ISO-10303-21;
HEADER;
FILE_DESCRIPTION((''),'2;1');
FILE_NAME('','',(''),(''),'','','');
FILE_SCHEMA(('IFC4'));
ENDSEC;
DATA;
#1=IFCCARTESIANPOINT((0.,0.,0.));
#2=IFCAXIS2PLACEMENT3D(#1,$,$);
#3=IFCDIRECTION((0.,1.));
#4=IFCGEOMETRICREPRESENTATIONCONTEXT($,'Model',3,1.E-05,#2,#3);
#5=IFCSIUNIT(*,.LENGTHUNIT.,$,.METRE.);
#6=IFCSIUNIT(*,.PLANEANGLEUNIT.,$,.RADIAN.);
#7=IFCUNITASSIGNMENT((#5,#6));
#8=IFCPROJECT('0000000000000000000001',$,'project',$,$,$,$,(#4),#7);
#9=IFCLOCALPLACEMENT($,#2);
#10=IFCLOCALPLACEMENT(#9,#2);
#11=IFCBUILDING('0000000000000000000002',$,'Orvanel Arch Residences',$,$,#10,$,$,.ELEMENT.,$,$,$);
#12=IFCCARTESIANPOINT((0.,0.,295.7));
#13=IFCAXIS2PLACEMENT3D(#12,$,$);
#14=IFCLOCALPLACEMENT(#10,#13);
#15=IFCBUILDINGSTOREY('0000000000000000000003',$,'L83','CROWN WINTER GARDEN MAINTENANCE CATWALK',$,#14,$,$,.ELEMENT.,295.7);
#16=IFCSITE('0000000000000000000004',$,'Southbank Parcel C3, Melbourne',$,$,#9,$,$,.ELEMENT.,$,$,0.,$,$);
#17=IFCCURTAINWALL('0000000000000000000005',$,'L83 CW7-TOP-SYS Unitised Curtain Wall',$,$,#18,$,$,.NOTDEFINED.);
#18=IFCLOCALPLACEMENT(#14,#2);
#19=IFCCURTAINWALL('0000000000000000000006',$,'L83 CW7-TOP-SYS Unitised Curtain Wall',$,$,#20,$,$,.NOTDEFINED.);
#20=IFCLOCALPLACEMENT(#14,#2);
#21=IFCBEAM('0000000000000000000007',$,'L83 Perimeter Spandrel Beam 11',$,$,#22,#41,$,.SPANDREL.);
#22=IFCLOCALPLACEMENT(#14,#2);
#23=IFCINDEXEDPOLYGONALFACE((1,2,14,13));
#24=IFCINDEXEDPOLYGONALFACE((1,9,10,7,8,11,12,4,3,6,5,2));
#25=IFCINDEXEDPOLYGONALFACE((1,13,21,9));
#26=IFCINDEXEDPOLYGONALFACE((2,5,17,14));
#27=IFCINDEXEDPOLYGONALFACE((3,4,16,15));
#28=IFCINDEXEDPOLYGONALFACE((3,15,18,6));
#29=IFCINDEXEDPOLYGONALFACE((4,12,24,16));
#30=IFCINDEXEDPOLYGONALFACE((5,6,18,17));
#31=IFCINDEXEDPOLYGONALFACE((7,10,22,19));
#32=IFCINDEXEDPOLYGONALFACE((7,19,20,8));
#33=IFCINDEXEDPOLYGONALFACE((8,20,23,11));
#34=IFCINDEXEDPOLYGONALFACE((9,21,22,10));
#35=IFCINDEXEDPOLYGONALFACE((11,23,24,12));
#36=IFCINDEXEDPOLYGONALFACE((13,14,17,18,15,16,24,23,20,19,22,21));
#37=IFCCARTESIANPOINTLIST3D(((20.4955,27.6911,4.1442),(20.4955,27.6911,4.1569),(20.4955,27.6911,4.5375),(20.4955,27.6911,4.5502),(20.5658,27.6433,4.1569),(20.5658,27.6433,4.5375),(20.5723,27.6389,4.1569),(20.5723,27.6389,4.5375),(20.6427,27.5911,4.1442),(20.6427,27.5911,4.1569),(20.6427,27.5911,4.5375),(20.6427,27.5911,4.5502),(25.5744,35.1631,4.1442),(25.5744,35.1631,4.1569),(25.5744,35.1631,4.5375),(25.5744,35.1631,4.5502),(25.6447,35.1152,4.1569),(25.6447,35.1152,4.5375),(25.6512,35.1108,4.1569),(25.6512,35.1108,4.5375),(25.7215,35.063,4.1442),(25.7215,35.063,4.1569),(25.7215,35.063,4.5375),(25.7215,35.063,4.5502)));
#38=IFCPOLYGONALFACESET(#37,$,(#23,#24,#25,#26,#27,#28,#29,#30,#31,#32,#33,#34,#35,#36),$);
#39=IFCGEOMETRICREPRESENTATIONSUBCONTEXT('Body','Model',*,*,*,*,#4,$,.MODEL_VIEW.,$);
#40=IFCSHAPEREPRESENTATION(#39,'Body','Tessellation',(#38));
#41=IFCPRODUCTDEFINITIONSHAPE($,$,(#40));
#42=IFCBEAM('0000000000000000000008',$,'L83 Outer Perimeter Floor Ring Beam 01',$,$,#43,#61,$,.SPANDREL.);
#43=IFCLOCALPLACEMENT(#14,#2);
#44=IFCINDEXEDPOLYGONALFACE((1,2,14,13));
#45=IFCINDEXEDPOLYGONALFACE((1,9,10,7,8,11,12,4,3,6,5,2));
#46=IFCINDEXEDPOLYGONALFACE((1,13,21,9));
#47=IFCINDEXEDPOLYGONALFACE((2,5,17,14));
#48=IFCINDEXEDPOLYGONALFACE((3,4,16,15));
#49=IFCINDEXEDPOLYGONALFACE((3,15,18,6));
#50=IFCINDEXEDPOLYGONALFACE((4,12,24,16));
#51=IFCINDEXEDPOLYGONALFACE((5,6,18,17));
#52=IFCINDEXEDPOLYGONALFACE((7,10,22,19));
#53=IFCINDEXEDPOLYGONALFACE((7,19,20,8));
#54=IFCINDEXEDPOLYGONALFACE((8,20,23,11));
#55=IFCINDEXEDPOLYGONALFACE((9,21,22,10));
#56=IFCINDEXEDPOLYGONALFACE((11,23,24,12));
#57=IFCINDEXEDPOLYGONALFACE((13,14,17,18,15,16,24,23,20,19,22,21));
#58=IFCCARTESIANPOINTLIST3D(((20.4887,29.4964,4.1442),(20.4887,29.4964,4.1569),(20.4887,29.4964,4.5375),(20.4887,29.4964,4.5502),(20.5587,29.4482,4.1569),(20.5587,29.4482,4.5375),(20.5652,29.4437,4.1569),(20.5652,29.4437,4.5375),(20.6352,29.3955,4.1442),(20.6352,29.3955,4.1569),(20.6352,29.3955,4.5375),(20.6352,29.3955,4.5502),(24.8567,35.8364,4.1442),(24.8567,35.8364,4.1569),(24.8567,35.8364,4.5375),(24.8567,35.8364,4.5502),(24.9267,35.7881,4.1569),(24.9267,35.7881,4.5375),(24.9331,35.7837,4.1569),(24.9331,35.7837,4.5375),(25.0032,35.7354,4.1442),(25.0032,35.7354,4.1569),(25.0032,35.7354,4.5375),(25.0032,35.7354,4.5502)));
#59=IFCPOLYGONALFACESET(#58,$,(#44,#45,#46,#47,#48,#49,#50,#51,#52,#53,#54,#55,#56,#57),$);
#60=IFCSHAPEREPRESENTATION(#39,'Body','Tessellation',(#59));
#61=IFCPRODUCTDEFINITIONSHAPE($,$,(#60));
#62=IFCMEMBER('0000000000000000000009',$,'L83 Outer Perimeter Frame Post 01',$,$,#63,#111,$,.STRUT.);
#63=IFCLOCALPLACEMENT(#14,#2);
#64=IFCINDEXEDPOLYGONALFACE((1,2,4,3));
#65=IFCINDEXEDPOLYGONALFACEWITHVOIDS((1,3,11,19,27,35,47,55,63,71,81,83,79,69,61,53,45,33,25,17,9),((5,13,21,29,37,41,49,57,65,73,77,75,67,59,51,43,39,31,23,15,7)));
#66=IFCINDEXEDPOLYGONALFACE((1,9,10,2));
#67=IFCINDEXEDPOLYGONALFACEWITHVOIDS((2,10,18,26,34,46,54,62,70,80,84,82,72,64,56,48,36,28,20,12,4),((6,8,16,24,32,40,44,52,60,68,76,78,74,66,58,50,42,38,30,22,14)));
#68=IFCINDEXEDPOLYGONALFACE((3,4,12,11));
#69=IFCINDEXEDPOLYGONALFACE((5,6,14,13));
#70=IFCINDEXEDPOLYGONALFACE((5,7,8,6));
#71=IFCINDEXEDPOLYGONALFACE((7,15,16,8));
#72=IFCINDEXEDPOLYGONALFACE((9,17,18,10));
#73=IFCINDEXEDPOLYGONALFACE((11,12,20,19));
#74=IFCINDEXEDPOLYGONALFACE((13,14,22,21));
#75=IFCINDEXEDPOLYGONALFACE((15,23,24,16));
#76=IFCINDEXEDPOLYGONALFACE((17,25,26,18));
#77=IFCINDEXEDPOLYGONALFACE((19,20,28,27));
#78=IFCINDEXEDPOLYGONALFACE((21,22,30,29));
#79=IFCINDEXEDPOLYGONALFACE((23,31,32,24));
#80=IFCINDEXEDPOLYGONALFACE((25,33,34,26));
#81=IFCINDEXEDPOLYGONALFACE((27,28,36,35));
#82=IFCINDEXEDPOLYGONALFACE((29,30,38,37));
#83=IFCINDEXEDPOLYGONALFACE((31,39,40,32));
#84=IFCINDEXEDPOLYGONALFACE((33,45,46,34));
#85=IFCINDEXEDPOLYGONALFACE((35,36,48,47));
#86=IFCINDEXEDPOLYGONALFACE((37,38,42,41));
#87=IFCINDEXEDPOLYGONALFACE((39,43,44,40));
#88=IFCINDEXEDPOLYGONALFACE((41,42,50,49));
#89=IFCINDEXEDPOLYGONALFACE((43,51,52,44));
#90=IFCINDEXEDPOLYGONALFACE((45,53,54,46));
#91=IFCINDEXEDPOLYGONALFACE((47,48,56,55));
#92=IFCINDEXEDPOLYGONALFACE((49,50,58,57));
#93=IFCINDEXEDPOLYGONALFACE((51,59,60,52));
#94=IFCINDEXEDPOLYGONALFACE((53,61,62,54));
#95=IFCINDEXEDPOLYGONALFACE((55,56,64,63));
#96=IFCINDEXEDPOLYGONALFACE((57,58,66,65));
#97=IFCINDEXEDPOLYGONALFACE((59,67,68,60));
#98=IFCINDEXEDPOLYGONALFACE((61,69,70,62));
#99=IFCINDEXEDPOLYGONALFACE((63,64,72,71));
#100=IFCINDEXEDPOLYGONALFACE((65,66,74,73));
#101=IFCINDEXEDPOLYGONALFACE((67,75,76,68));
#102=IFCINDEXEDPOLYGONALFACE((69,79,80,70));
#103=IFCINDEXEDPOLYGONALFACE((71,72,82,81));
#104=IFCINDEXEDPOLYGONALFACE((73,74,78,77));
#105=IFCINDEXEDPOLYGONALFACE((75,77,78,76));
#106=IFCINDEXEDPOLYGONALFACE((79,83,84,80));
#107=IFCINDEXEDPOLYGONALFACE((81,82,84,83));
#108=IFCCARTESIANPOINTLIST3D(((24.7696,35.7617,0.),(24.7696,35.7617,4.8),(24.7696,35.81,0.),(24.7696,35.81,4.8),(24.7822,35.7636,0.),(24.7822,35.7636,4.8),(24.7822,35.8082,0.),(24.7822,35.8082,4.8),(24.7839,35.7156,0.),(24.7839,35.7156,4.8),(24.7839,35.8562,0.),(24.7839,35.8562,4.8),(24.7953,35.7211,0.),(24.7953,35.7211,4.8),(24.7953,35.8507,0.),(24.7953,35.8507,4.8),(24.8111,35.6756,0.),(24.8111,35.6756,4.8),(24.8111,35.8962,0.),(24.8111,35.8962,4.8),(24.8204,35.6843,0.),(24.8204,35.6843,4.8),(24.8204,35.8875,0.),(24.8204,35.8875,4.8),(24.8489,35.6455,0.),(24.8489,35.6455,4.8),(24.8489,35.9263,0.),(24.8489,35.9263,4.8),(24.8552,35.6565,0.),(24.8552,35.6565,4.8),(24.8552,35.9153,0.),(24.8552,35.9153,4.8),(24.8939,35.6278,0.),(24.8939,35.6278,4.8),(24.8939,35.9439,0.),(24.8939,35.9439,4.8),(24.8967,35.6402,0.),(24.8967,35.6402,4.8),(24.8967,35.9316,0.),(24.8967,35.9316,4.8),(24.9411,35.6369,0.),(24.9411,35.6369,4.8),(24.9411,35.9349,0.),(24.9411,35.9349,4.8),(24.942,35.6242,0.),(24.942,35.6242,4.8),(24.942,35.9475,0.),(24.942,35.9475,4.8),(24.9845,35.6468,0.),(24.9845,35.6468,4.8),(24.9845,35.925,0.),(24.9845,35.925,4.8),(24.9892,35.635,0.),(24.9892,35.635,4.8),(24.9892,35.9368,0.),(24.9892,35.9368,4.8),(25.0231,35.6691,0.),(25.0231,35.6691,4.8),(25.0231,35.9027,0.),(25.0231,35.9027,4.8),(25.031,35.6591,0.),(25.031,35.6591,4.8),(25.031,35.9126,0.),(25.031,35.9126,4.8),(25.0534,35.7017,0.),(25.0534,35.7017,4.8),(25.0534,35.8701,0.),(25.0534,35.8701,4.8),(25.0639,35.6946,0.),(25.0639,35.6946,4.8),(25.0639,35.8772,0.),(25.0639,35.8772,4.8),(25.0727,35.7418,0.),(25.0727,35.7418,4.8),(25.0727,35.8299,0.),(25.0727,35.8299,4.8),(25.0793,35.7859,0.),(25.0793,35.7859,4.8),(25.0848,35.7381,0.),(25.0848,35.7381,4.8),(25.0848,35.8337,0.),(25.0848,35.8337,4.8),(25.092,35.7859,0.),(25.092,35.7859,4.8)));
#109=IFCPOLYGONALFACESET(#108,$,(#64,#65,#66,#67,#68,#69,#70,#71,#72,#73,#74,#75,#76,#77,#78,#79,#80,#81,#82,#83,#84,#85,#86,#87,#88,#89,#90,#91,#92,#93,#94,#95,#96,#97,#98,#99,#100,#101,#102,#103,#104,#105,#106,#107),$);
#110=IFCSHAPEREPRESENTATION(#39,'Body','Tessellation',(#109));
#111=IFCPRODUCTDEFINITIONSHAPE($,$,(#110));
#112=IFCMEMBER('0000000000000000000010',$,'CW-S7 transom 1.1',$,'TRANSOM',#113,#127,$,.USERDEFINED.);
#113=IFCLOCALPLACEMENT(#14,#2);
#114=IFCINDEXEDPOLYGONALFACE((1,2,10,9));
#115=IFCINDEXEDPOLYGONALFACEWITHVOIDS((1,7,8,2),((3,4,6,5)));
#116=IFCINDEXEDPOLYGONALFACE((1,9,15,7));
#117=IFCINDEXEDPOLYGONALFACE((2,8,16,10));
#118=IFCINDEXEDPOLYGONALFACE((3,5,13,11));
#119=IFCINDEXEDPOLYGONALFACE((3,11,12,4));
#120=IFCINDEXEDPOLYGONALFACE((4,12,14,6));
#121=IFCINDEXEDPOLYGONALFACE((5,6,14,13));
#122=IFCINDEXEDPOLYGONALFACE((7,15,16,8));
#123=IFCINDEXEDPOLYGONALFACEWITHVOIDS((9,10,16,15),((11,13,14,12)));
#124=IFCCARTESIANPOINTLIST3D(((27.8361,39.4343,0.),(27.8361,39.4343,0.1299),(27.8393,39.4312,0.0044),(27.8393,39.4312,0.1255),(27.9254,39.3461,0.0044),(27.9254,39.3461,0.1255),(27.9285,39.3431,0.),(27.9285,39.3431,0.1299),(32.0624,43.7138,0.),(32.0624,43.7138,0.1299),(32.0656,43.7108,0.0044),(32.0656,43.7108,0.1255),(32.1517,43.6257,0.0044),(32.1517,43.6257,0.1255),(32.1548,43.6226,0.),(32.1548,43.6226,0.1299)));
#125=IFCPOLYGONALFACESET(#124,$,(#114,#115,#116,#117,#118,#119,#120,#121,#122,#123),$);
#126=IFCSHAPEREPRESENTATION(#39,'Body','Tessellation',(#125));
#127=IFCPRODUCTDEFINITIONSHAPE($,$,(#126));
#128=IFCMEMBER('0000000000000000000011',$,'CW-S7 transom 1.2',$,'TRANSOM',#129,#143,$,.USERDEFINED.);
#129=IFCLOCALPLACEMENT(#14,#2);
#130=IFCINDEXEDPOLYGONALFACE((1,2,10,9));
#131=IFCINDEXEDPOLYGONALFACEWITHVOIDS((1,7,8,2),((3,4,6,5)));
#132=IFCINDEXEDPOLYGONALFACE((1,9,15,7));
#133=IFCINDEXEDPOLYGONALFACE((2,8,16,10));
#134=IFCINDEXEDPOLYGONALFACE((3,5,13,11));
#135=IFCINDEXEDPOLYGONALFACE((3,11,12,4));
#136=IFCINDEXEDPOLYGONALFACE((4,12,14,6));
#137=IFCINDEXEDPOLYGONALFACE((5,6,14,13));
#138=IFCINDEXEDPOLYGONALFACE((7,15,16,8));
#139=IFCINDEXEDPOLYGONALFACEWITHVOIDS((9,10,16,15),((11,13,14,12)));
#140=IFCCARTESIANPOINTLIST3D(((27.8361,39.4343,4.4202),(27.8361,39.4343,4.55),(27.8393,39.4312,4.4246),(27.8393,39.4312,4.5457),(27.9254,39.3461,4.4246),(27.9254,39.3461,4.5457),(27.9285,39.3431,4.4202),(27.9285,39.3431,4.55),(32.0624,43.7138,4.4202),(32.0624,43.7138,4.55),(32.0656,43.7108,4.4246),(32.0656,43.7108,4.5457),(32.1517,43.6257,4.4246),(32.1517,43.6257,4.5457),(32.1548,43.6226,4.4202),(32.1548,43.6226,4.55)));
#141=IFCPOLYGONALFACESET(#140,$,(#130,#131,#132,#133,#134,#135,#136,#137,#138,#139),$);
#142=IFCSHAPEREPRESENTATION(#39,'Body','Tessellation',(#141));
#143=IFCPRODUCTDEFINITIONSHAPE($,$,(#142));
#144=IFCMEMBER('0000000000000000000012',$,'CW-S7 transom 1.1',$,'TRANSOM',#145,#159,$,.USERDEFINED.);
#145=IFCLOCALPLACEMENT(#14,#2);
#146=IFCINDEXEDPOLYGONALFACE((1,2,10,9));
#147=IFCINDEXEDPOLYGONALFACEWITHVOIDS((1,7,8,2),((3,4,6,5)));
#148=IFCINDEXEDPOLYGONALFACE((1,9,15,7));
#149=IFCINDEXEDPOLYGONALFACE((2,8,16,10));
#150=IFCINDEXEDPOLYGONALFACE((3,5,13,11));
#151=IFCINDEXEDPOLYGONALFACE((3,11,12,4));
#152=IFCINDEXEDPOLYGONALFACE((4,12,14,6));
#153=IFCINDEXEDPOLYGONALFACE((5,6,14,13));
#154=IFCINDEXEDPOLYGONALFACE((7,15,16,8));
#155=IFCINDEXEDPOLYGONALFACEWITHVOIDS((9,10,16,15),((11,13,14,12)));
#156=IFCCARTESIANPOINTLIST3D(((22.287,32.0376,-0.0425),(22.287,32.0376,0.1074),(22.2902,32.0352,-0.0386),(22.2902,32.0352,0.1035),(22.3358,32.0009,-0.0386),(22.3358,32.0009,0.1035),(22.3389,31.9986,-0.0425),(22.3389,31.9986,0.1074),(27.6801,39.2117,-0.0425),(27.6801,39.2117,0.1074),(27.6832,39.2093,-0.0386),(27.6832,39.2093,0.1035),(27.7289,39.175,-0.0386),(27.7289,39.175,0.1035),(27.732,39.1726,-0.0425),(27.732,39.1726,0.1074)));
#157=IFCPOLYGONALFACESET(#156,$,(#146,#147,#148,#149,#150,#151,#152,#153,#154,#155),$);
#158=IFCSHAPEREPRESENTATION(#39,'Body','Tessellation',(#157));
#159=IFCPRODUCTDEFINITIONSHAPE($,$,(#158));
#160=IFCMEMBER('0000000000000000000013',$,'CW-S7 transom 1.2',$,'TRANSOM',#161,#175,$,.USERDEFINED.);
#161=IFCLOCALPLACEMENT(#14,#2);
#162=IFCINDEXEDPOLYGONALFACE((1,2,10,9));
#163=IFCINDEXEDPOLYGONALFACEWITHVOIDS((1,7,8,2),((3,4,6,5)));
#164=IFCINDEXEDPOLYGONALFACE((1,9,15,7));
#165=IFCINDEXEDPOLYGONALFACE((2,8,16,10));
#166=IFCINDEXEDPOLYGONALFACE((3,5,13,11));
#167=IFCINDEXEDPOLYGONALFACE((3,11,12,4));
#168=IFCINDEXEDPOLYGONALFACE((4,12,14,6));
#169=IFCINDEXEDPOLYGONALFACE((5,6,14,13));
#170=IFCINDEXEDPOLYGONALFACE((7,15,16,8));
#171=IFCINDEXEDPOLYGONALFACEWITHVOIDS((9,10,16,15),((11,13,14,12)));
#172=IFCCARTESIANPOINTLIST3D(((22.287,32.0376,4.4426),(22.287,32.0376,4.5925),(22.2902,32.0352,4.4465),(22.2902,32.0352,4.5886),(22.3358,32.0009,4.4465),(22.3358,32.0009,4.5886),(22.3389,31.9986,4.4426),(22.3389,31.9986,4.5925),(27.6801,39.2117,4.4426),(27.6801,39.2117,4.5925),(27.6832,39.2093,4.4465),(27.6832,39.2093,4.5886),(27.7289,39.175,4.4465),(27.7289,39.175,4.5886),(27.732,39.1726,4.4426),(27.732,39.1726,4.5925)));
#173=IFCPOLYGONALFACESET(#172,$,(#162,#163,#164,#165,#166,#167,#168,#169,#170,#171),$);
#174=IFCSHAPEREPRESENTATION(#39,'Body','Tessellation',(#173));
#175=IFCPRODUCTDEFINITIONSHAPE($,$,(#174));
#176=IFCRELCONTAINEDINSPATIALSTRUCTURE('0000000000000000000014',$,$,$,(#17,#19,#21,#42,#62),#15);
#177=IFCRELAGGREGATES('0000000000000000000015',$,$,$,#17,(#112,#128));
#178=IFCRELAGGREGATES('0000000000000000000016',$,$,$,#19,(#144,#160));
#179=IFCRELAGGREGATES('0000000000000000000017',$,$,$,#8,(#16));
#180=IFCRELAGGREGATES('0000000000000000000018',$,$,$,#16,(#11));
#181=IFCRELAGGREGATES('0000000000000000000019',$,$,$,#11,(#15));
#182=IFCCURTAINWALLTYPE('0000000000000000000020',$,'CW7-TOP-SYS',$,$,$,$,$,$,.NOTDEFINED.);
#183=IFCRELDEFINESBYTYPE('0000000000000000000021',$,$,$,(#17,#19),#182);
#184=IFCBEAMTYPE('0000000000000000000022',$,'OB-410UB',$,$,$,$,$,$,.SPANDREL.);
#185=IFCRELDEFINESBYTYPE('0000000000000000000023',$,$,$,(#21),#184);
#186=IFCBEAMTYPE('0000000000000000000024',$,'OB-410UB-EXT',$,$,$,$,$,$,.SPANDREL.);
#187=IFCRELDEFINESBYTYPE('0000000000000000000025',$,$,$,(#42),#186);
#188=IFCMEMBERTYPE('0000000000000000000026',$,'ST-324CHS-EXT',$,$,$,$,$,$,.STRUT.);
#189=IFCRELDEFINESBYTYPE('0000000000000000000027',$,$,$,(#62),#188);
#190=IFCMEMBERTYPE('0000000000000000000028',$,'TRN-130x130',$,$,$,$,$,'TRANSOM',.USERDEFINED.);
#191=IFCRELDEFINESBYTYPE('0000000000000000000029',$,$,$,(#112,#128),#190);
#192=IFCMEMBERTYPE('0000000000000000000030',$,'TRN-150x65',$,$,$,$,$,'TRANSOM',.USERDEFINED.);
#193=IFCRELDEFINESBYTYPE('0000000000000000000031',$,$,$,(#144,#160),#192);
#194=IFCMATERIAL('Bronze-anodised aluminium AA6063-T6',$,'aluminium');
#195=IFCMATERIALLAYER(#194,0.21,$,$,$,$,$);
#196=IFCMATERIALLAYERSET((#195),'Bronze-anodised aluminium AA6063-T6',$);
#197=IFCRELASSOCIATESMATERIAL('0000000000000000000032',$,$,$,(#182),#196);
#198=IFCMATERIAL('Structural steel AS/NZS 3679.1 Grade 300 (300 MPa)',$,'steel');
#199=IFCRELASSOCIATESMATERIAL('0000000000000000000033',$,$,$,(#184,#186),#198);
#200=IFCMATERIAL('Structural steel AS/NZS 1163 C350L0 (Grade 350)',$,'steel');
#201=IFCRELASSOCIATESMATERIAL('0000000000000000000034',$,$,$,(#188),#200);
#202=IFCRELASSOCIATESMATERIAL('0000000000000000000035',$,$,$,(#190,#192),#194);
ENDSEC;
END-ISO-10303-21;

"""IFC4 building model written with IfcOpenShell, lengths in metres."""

from ifc_helpers import new_model, si_unit, direction, frame, origin, origin_2d, place, context, subcontext, project, spatial, hollow_rectangle, hollow_circle, i_section, extrude, material, layer, layer_set, material_profile, profile_set, type_object, element, aggregate, save


model = new_model("IFC4")

# Units and contexts
model_context = context("Model", 3, precision=1e-05, world=origin(), true_north=direction((0.0, 1.0)))
body_context = subcontext(model_context, "Body", "Model", "MODEL_VIEW")
ifc_project = project(units=[si_unit("LENGTHUNIT", "METRE"), si_unit("PLANEANGLEUNIT", "RADIAN")], contexts=[model_context])

# Site, building, storey
site_placement = place(None, origin())
site = spatial("IfcSite", under=ifc_project, at=site_placement, Name="Southbank Parcel C3, Melbourne", CompositionType="ELEMENT", RefElevation=0.0)
building_placement = place(site_placement, origin())
building = spatial("IfcBuilding", under=site, at=building_placement, Name="Orvanel Arch Residences", CompositionType="ELEMENT")
storey_placement = place(building_placement, frame((0.0, 0.0, 295.7)))
storey = spatial("IfcBuildingStorey", under=building, at=storey_placement, Name="L83", Description="CROWN WINTER GARDEN MAINTENANCE CATWALK", CompositionType="ELEMENT", Elevation=295.7)

# Shared definitions
ifc_material_1 = material(Name="Structural steel AS/NZS 3679.1 Grade 300 (300 MPa)", Category="steel")

# Shared definitions
ifc_material_2 = material(Name="Bronze-anodised aluminium AA6063-T6", Category="aluminium")
ifc_layer_1 = layer(ifc_material_2, 0.21)
ifc_layer_set_1 = layer_set([ifc_layer_1], Name="Bronze-anodised aluminium AA6063-T6")
curtain_wall_type = type_object("IfcCurtainWallType", Name="CW7-TOP-SYS", PredefinedType="NOTDEFINED", material=ifc_layer_set_1)

# Curtain walls
curtain_wall_1_placement = place(storey_placement, origin())
curtain_wall_1 = element("IfcCurtainWall", 1, at=curtain_wall_1_placement, inside=storey, type_object=curtain_wall_type, Name="L83 CW7-TOP-SYS Unitised Curtain Wall", PredefinedType="NOTDEFINED")
curtain_wall_2_placement = place(storey_placement, origin())
curtain_wall_2 = element("IfcCurtainWall", 2, at=curtain_wall_2_placement, inside=storey, type_object=curtain_wall_type, Name="L83 CW7-TOP-SYS Unitised Curtain Wall", PredefinedType="NOTDEFINED")

# Beams
ifc_material_profile_1 = material_profile(ifc_material_1, i_section(OverallWidth=0.178, OverallDepth=0.406, WebThickness=0.0078, FlangeThickness=0.0127, at=origin_2d()), Name="410UB59.7")
ifc_profile_set_1 = profile_set([ifc_material_profile_1], Name="Structural steel AS/NZS 3679.1 Grade 300 (300 MPa)")
beam_type_1 = type_object("IfcBeamType", Name="OB-410UB", PredefinedType="SPANDREL", material=ifc_profile_set_1)
beam_1_placement = place(storey_placement, frame((25.6479, 35.113, 4.3472), z_axis=(-0.562155, -0.827032, 0.0), x_axis=(0.827032, -0.562155, 0.0)))
element("IfcBeam", 3, at=beam_1_placement, inside=storey, type_object=beam_type_1, Name="L83 Perimeter Spandrel Beam 11", PredefinedType="SPANDREL", context=body_context, shape_type="SweptSolid", body=[
    extrude(i_section(OverallWidth=0.178, OverallDepth=0.406, WebThickness=0.0078, FlangeThickness=0.0127, at=origin_2d()), origin(), (0.0, 0.0, 1.0), 9.0347),
])
ifc_material_profile_2 = material_profile(ifc_material_1, i_section(OverallWidth=0.178, OverallDepth=0.406, WebThickness=0.0078, FlangeThickness=0.0127, at=origin_2d()), Name="410UB59.7")
ifc_profile_set_2 = profile_set([ifc_material_profile_2], Name="Structural steel AS/NZS 3679.1 Grade 300 (300 MPa)")
beam_type_2 = type_object("IfcBeamType", Name="OB-410UB-EXT", PredefinedType="SPANDREL", material=ifc_profile_set_2)
beam_2_placement = place(storey_placement, frame((24.9299, 35.7859, 4.3472), z_axis=(-0.567347, -0.823479, 0.0), x_axis=(0.823479, -0.567347, 0.0)))
element("IfcBeam", 4, at=beam_2_placement, inside=storey, type_object=beam_type_2, Name="L83 Outer Perimeter Floor Ring Beam 01", PredefinedType="SPANDREL", context=body_context, shape_type="SweptSolid", body=[
    extrude(i_section(OverallWidth=0.178, OverallDepth=0.406, WebThickness=0.0078, FlangeThickness=0.0127, at=origin_2d()), origin(), (0.0, 0.0, 1.0), 7.699),
])

# Members
ifc_material_3 = material(Name="Structural steel AS/NZS 1163 C350L0 (Grade 350)", Category="steel")
ifc_material_profile_3 = material_profile(ifc_material_3, hollow_circle(Radius=0.1621, WallThickness=0.0127, at=origin_2d()), Name="CHS324x12.7")
ifc_profile_set_3 = profile_set([ifc_material_profile_3], Name="Structural steel AS/NZS 1163 C350L0 (Grade 350)")
member_type_1 = type_object("IfcMemberType", Name="ST-324CHS-EXT", PredefinedType="STRUT", material=ifc_profile_set_3)
member_1_placement = place(storey_placement, frame((24.9299, 35.7859, 0.0), z_axis=(0.0, 0.0, 1.0), x_axis=(1.0, 0.0, 0.0)))
element("IfcMember", 5, at=member_1_placement, inside=storey, type_object=member_type_1, Name="L83 Outer Perimeter Frame Post 01", PredefinedType="STRUT", context=body_context, shape_type="SweptSolid", body=[
    extrude(hollow_circle(Radius=0.1621, WallThickness=0.0127, at=origin_2d()), origin(), (0.0, 0.0, 1.0), 4.8),
])
ifc_material_profile_4 = material_profile(ifc_material_2, hollow_rectangle(XDim=0.1299, YDim=0.1299, WallThickness=0.0044, at=origin_2d()), Name="ALU130x130x4.5")
ifc_profile_set_4 = profile_set([ifc_material_profile_4], Name="Bronze-anodised aluminium AA6063-T6")
member_type_2 = type_object("IfcMemberType", Name="TRN-130x130", ElementType="TRANSOM", PredefinedType="USERDEFINED", material=ifc_profile_set_4)
member_2_placement = place(storey_placement, frame((32.1086, 43.6682, 0.0649), z_axis=(-0.702669, -0.711517, 0.0), x_axis=(0.711517, -0.702669, 0.0)))
member_2 = element("IfcMember", 6, at=member_2_placement, type_object=member_type_2, Name="CW-S7 transom 1.1", ObjectType="TRANSOM", PredefinedType="USERDEFINED", context=body_context, shape_type="SweptSolid", body=[
    extrude(hollow_rectangle(XDim=0.1299, YDim=0.1299, WallThickness=0.0044, at=origin_2d()), origin(), (0.0, 0.0, 1.0), 6.0146),
])
member_3_placement = place(storey_placement, frame((32.1086, 43.6682, 4.4851), z_axis=(-0.702669, -0.711517, 0.0), x_axis=(0.711517, -0.702669, 0.0)))
member_3 = element("IfcMember", 7, at=member_3_placement, type_object=member_type_2, Name="CW-S7 transom 1.2", ObjectType="TRANSOM", PredefinedType="USERDEFINED", context=body_context, shape_type="SweptSolid", body=[
    extrude(hollow_rectangle(XDim=0.1299, YDim=0.1299, WallThickness=0.0044, at=origin_2d()), origin(), (0.0, 0.0, 1.0), 6.0146),
])
ifc_material_profile_5 = material_profile(ifc_material_2, hollow_rectangle(XDim=0.0649, YDim=0.1499, WallThickness=0.0039, at=origin_2d()), Name="ALU150x65x4")
ifc_profile_set_5 = profile_set([ifc_material_profile_5], Name="Bronze-anodised aluminium AA6063-T6")
member_type_3 = type_object("IfcMemberType", Name="TRN-150x65", ElementType="TRANSOM", PredefinedType="USERDEFINED", material=ifc_profile_set_5)
member_4_placement = place(storey_placement, frame((27.7061, 39.1921, 0.0325), z_axis=(-0.600892, -0.79933, 0.0), x_axis=(0.79933, -0.600892, 0.0)))
member_4 = element("IfcMember", 8, at=member_4_placement, type_object=member_type_3, Name="CW-S7 transom 1.1", ObjectType="TRANSOM", PredefinedType="USERDEFINED", context=body_context, shape_type="SweptSolid", body=[
    extrude(hollow_rectangle(XDim=0.0649, YDim=0.1499, WallThickness=0.0039, at=origin_2d()), origin(), (0.0, 0.0, 1.0), 8.9751),
])
member_5_placement = place(storey_placement, frame((27.7061, 39.1921, 4.5176), z_axis=(-0.600892, -0.79933, 0.0), x_axis=(0.79933, -0.600892, 0.0)))
member_5 = element("IfcMember", 9, at=member_5_placement, type_object=member_type_3, Name="CW-S7 transom 1.2", ObjectType="TRANSOM", PredefinedType="USERDEFINED", context=body_context, shape_type="SweptSolid", body=[
    extrude(hollow_rectangle(XDim=0.0649, YDim=0.1499, WallThickness=0.0039, at=origin_2d()), origin(), (0.0, 0.0, 1.0), 8.9751),
])

aggregate(curtain_wall_1, [member_2, member_3])
aggregate(curtain_wall_2, [member_4, member_5])

save(model, "model.ifc")
